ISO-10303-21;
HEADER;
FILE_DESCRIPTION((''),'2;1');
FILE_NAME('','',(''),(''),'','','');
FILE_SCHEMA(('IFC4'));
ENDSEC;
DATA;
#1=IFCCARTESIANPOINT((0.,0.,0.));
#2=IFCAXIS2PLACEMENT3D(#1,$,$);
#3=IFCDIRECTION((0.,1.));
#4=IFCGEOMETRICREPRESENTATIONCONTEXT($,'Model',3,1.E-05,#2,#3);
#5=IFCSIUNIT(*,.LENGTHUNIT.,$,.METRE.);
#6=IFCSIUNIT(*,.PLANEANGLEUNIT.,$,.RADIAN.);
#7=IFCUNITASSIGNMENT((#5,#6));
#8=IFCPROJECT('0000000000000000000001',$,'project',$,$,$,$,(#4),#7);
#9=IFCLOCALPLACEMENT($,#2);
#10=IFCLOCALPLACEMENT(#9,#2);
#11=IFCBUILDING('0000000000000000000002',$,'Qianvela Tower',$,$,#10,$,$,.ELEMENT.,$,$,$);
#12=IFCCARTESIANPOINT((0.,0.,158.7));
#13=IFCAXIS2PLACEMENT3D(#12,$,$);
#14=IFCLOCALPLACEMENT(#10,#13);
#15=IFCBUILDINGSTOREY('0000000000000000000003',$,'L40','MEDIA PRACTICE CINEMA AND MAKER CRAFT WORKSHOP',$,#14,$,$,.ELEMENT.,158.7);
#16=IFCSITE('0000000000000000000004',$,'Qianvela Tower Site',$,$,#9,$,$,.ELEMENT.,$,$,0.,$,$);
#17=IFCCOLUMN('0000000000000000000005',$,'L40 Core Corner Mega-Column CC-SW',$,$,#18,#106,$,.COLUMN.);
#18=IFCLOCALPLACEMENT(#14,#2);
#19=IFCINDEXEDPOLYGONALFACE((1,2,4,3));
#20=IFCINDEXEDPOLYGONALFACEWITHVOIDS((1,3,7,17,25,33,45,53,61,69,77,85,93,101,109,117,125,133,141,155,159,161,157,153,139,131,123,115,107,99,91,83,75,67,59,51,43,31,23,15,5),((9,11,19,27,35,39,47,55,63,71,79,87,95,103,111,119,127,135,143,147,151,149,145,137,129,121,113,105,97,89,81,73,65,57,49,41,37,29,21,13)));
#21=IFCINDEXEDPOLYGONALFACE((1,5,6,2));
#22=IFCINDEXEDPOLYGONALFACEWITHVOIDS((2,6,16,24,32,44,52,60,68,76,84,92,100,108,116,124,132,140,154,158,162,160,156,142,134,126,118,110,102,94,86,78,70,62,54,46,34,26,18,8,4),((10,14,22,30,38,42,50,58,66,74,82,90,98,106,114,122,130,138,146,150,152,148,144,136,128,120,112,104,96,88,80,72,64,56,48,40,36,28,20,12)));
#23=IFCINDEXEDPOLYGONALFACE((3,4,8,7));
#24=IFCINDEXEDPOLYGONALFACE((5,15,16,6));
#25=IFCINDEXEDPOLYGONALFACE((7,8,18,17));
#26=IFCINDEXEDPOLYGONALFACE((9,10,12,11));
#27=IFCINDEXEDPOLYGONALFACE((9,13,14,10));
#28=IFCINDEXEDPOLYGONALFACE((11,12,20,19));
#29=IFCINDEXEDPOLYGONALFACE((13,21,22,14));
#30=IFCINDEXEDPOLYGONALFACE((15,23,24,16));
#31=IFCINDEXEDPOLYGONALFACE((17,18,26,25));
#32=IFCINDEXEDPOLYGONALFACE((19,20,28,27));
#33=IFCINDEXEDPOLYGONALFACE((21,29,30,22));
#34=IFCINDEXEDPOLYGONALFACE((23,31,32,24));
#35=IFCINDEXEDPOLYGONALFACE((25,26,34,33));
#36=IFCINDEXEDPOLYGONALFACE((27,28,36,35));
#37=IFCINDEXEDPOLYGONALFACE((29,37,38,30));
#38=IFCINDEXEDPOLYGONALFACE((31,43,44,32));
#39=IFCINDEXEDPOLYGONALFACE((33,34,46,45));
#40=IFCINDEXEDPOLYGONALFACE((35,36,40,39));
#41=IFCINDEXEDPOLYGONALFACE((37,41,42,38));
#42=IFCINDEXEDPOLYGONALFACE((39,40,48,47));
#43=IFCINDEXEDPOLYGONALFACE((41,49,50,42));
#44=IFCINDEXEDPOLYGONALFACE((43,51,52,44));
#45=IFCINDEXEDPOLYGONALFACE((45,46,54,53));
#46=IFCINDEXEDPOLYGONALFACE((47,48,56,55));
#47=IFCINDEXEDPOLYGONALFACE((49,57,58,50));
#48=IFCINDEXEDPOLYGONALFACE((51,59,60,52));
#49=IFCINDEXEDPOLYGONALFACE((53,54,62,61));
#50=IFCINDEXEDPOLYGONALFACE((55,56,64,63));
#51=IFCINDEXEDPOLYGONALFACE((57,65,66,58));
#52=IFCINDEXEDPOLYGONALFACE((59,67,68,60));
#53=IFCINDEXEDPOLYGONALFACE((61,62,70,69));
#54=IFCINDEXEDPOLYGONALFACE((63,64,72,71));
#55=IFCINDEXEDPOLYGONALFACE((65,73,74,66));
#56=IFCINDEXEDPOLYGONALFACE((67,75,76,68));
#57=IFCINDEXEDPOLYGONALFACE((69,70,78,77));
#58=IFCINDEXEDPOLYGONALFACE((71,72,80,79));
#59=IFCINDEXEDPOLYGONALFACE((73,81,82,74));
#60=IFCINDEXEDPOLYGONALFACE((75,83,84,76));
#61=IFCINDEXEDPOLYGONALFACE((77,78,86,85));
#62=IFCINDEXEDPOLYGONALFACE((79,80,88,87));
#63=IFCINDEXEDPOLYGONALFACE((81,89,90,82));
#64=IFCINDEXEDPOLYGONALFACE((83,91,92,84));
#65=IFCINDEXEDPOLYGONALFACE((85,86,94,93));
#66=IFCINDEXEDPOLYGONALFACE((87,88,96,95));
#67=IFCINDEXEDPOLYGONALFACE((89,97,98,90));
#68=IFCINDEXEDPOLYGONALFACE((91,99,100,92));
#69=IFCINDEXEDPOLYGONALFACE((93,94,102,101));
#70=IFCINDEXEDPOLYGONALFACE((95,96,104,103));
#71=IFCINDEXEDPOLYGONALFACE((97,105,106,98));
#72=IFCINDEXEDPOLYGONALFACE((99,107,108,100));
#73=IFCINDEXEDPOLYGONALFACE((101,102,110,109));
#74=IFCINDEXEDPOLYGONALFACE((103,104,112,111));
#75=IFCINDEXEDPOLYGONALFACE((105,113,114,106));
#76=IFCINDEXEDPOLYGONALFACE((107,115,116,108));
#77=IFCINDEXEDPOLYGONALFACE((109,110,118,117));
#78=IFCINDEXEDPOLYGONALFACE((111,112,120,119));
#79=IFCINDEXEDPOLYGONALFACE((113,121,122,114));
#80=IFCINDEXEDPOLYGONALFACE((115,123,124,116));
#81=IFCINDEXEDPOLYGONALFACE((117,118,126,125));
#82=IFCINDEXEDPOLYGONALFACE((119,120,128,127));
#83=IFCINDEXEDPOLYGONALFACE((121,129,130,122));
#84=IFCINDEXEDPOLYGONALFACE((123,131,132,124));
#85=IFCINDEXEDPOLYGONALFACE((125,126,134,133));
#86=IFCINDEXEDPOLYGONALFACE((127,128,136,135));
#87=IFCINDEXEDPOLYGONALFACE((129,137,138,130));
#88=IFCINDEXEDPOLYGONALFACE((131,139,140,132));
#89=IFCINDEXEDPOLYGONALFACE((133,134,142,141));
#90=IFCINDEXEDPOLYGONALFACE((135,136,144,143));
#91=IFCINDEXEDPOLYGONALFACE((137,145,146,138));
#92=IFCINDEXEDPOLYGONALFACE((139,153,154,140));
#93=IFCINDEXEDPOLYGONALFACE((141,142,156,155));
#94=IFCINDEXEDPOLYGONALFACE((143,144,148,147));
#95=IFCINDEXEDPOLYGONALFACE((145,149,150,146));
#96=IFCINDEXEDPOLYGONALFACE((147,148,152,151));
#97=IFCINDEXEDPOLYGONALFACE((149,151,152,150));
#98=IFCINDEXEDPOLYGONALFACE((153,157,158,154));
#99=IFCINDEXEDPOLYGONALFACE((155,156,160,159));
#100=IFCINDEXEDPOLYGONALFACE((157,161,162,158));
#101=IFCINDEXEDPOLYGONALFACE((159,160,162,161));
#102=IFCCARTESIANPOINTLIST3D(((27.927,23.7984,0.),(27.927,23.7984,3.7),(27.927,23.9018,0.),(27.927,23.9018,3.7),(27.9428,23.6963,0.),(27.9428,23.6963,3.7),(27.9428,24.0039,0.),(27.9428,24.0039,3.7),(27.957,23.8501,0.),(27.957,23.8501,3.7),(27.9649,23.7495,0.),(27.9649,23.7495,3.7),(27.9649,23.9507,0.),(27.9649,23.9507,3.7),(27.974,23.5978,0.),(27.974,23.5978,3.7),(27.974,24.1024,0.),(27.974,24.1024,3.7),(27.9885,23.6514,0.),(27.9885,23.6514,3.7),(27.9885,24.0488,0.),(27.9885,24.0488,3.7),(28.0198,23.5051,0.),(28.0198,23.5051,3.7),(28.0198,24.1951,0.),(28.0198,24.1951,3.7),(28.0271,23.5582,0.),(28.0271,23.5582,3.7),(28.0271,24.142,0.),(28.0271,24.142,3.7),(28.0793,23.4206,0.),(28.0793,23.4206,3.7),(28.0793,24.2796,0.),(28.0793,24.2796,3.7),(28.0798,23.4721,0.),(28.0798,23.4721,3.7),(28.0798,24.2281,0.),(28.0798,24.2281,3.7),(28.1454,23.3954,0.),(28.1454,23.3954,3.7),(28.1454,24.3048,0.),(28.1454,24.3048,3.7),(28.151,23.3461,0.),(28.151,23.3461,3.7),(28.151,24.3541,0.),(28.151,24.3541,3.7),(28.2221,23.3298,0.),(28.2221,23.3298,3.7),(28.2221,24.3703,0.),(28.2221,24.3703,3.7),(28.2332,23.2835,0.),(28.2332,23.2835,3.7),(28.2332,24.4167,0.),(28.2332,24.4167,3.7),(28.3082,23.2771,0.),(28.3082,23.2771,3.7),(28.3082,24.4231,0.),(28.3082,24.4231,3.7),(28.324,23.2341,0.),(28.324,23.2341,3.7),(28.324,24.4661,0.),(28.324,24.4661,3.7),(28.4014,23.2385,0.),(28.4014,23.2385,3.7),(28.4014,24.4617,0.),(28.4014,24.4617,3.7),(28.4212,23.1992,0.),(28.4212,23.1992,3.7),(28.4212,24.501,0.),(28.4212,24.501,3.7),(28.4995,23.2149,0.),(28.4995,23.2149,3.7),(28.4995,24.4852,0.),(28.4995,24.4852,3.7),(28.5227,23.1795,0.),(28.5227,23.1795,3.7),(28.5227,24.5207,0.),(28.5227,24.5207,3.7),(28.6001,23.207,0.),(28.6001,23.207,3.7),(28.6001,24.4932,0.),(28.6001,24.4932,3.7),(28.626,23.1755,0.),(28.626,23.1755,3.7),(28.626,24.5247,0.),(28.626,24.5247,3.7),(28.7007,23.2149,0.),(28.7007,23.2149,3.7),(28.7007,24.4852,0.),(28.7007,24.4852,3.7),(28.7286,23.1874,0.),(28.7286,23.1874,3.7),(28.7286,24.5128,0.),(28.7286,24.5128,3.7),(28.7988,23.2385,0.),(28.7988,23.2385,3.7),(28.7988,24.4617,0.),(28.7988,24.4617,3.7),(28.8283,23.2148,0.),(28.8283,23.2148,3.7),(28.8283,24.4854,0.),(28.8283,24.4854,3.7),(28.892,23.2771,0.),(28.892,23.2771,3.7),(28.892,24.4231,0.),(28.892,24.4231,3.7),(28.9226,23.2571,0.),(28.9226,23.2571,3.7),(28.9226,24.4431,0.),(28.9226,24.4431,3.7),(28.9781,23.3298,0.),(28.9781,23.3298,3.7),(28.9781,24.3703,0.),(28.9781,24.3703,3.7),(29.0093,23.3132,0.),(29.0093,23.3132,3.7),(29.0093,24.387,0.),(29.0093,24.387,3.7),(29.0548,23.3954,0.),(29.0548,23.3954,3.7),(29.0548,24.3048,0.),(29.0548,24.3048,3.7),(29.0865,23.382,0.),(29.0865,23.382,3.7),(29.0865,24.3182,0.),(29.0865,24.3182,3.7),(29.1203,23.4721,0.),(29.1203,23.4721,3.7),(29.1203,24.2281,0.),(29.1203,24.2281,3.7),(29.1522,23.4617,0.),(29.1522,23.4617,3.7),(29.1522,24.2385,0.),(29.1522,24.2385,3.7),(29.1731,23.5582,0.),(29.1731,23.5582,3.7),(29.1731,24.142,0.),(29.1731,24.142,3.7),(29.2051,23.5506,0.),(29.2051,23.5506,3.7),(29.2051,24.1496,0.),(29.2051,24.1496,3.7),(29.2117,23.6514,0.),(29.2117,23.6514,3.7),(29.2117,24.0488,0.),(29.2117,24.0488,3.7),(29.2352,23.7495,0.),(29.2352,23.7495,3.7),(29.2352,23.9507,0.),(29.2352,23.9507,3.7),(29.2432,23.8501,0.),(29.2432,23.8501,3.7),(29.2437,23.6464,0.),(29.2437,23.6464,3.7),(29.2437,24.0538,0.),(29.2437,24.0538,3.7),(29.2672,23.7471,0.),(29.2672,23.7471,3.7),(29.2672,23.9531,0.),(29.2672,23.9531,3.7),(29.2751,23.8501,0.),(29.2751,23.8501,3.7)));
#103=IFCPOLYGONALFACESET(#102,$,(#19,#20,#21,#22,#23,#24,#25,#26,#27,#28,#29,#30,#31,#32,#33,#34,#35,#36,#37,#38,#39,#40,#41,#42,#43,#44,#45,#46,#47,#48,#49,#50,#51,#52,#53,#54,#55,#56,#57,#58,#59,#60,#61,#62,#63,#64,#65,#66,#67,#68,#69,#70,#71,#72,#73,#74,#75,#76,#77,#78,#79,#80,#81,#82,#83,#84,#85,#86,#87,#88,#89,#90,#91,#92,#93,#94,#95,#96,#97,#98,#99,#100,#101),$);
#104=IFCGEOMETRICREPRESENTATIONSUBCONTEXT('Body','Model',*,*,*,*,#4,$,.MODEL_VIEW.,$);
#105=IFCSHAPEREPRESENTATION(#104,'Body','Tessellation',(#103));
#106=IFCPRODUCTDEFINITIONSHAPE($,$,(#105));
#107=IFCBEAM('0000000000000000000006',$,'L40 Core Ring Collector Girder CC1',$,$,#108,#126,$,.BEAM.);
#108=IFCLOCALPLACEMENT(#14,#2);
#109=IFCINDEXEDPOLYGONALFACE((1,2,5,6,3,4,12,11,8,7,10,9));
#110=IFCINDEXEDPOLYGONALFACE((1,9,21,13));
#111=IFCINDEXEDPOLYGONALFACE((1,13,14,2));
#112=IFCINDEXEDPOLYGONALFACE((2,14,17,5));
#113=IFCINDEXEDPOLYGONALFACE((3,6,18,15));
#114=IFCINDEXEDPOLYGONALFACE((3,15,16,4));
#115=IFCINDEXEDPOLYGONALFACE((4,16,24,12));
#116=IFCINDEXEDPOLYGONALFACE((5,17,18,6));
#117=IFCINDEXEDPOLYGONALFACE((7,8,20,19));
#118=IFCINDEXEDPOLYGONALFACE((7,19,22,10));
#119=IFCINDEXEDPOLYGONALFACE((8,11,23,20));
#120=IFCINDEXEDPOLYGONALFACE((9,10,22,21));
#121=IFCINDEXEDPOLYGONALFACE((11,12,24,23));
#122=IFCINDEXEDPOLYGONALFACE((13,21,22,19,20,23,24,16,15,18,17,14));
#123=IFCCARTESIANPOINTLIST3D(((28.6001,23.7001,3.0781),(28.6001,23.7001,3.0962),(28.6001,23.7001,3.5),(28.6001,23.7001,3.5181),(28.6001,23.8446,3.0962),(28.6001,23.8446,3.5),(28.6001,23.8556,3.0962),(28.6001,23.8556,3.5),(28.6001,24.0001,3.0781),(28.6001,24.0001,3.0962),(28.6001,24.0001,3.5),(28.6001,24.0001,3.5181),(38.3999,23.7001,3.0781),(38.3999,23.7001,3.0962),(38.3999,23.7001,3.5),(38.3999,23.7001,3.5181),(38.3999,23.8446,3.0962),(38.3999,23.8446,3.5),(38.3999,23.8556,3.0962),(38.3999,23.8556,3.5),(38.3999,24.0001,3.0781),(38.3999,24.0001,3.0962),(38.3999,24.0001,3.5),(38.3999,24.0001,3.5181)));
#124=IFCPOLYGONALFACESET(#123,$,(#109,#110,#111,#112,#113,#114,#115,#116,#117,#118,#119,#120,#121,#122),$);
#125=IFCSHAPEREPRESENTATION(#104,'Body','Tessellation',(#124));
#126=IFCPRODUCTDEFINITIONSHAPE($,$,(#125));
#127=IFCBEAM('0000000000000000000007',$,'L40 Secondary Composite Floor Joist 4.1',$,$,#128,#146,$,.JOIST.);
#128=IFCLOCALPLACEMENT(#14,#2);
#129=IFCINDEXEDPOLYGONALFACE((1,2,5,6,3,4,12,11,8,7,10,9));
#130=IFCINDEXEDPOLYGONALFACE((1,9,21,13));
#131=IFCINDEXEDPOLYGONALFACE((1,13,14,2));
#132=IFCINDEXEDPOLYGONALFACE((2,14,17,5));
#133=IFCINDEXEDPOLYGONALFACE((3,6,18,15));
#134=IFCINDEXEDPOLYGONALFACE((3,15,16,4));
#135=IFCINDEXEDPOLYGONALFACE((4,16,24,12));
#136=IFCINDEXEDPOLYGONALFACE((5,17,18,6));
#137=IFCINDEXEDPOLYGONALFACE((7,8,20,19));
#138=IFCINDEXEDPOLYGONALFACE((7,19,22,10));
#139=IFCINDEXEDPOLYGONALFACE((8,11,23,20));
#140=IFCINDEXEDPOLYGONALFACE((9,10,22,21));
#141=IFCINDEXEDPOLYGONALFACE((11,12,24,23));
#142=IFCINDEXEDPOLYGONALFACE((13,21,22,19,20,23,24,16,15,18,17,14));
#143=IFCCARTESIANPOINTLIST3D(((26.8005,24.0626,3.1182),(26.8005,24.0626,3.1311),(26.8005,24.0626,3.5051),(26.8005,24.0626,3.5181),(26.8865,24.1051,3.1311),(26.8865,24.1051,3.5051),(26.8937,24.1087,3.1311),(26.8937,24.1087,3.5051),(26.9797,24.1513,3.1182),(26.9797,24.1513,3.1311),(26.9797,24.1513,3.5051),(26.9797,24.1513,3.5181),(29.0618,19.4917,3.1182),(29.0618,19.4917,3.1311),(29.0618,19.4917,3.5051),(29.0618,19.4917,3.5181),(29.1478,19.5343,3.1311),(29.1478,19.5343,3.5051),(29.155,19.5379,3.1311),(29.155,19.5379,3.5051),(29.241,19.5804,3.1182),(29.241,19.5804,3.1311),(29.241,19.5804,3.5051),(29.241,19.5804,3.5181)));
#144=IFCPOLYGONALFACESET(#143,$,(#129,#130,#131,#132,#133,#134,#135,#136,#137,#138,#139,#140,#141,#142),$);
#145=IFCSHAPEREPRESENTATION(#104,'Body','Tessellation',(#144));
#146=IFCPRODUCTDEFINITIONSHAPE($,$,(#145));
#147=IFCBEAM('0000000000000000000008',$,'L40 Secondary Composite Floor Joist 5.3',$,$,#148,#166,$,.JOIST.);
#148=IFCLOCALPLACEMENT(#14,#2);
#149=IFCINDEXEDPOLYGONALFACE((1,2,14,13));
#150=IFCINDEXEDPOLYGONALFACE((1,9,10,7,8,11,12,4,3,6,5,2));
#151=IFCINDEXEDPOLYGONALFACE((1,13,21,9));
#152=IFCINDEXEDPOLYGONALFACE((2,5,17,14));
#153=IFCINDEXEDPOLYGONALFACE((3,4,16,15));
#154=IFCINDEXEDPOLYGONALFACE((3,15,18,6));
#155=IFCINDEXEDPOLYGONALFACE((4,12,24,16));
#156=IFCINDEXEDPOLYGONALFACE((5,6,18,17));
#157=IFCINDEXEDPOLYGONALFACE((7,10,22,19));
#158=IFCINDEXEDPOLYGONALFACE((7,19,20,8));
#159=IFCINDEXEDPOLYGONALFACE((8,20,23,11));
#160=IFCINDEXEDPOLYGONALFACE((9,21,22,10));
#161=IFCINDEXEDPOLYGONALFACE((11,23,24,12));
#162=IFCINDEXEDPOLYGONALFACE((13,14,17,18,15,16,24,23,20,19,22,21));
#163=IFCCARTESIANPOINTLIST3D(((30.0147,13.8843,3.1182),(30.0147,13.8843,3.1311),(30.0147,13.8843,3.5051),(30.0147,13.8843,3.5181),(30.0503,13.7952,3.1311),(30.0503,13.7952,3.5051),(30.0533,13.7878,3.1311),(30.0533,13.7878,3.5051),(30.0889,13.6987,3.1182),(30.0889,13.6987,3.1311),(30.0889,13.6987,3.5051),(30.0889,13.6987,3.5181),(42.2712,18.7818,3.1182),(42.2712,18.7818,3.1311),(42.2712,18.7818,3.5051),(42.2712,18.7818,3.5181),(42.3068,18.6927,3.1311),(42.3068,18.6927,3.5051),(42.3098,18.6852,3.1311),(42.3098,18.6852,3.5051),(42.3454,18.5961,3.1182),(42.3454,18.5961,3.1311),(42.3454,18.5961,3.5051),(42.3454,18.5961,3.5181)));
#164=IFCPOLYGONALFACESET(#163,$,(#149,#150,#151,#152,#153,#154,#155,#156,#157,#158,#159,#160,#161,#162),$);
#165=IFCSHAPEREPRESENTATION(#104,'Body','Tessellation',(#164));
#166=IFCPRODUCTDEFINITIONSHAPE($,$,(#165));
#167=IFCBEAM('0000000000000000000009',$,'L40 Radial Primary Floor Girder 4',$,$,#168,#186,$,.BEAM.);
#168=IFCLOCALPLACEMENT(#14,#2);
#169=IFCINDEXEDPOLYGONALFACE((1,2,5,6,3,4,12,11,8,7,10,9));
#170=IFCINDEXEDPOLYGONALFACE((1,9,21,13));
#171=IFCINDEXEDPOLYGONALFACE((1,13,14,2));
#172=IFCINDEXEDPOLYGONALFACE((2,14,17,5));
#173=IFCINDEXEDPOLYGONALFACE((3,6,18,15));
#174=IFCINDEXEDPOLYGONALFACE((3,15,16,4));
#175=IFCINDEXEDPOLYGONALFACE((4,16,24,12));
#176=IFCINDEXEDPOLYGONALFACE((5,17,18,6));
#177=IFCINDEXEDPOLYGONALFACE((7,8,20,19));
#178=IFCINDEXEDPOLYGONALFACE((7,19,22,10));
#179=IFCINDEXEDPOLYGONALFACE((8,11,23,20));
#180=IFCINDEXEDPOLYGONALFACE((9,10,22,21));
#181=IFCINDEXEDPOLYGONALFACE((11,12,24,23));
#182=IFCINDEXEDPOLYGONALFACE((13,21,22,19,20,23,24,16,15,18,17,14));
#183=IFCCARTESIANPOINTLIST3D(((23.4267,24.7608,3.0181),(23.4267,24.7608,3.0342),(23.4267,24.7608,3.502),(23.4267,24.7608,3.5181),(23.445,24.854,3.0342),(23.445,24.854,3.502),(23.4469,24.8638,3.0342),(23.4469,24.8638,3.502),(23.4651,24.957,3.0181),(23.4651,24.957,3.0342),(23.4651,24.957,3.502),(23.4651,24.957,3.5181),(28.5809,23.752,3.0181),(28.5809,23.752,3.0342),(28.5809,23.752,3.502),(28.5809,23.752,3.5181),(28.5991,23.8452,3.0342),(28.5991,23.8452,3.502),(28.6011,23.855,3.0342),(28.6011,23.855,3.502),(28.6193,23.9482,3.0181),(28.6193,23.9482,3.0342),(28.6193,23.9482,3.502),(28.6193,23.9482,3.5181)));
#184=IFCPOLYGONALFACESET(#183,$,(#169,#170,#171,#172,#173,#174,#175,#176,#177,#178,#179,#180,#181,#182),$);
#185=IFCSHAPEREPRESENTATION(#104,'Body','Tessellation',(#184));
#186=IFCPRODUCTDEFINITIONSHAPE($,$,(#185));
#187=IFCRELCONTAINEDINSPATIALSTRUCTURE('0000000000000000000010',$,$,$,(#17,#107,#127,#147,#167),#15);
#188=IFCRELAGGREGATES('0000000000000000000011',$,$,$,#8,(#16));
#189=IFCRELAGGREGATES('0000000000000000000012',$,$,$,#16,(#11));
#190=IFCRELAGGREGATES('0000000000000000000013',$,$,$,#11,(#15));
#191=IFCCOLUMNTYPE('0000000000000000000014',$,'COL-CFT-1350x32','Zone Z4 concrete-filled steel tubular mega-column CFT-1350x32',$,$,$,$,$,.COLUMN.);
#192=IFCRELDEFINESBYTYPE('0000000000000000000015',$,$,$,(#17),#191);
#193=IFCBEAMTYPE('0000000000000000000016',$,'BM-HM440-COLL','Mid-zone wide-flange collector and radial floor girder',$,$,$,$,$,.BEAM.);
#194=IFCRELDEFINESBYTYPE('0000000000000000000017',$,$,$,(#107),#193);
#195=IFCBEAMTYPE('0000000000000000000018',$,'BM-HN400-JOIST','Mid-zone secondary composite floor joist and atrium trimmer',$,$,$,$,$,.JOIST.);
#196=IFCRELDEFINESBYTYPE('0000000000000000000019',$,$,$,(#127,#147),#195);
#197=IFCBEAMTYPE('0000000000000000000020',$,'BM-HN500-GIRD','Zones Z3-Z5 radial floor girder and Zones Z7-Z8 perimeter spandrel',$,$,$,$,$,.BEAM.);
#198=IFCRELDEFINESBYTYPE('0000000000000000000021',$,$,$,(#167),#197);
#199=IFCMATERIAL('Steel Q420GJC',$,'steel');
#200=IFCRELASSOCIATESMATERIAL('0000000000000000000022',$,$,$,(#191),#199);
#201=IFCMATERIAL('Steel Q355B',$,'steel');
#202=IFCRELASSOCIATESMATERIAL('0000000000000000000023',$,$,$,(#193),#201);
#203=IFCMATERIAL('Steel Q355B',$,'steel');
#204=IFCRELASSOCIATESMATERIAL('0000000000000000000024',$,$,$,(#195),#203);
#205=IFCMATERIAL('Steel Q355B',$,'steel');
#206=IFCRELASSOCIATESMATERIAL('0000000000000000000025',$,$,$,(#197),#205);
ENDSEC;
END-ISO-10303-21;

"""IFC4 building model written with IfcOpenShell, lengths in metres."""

from ifc_helpers import new_model, si_unit, direction, frame, origin, origin_2d, place, context, subcontext, project, spatial, hollow_circle, i_section, extrude, material, material_profile, profile_set, type_object, element, save


model = new_model("IFC4")

# Units and contexts
model_context = context("Model", 3, precision=1e-05, world=origin(), true_north=direction((0.0, 1.0)))
body_context = subcontext(model_context, "Body", "Model", "MODEL_VIEW")
ifc_project = project(units=[si_unit("LENGTHUNIT", "METRE"), si_unit("PLANEANGLEUNIT", "RADIAN")], contexts=[model_context])

# Site, building, storey
site_placement = place(None, origin())
site = spatial("IfcSite", under=ifc_project, at=site_placement, Name="Qianvela Tower Site", CompositionType="ELEMENT", RefElevation=0.0)
building_placement = place(site_placement, origin())
building = spatial("IfcBuilding", under=site, at=building_placement, Name="Qianvela Tower", CompositionType="ELEMENT")
storey_placement = place(building_placement, frame((0.0, 0.0, 158.7)))
storey = spatial("IfcBuildingStorey", under=building, at=storey_placement, Name="L40", Description="MEDIA PRACTICE CINEMA AND MAKER CRAFT WORKSHOP", CompositionType="ELEMENT", Elevation=158.7)

# Column
ifc_material_1 = material(Name="Steel Q420GJC", Category="steel")
ifc_material_profile_1 = material_profile(ifc_material_1, hollow_circle(Radius=0.675, WallThickness=0.032, at=origin_2d()), Name="CFT-1350x32")
ifc_profile_set_1 = profile_set([ifc_material_profile_1], Name="Steel Q420GJC")
column_type = type_object("IfcColumnType", Name="COL-CFT-1350x32", Description="Zone Z4 concrete-filled steel tubular mega-column CFT-1350x32", PredefinedType="COLUMN", material=ifc_profile_set_1)
column_placement = place(storey_placement, frame((28.6001, 23.8501, 0.0), z_axis=(0.0, 0.0, 1.0), x_axis=(1.0, 0.0, 0.0)))
element("IfcColumn", 1, at=column_placement, inside=storey, type_object=column_type, Name="L40 Core Corner Mega-Column CC-SW", PredefinedType="COLUMN", context=body_context, shape_type="SweptSolid", body=[
    extrude(hollow_circle(Radius=0.675, WallThickness=0.032, at=origin_2d()), origin(), (0.0, 0.0, 1.0), 3.7),
])

# Beams
ifc_material_2 = material(Name="Steel Q355B", Category="steel")
ifc_material_profile_2 = material_profile(ifc_material_2, i_section(OverallWidth=0.3, OverallDepth=0.4399, WebThickness=0.011, FlangeThickness=0.0181, at=origin_2d()), Name="HM440x300x11x18")
ifc_profile_set_2 = profile_set([ifc_material_profile_2], Name="Steel Q355B")
beam_type_1 = type_object("IfcBeamType", Name="BM-HM440-COLL", Description="Mid-zone wide-flange collector and radial floor girder", PredefinedType="BEAM", material=ifc_profile_set_2)
beam_1_placement = place(storey_placement, frame((28.6001, 23.8501, 3.2981), z_axis=(1.0, 0.0, 0.0), x_axis=(0.0, 1.0, 0.0)))
element("IfcBeam", 2, at=beam_1_placement, inside=storey, type_object=beam_type_1, Name="L40 Core Ring Collector Girder CC1", PredefinedType="BEAM", context=body_context, shape_type="SweptSolid", body=[
    extrude(i_section(OverallWidth=0.3, OverallDepth=0.4399, WebThickness=0.011, FlangeThickness=0.0181, at=origin_2d()), origin(), (0.0, 0.0, 1.0), 9.7998),
])
ifc_material_3 = material(Name="Steel Q355B", Category="steel")
ifc_material_profile_3 = material_profile(ifc_material_3, i_section(OverallWidth=0.2, OverallDepth=0.3999, WebThickness=0.0081, FlangeThickness=0.0129, at=origin_2d()), Name="HN400x200x8x13")
ifc_profile_set_3 = profile_set([ifc_material_profile_3], Name="Steel Q355B")
beam_type_2 = type_object("IfcBeamType", Name="BM-HN400-JOIST", Description="Mid-zone secondary composite floor joist and atrium trimmer", PredefinedType="JOIST", material=ifc_profile_set_3)
beam_2_placement = place(storey_placement, frame((26.8901, 24.1069, 3.3181), z_axis=(0.443418, -0.896315, 0.0), x_axis=(0.896315, 0.443418, 0.0)))
element("IfcBeam", 3, at=beam_2_placement, inside=storey, type_object=beam_type_2, Name="L40 Secondary Composite Floor Joist 4.1", PredefinedType="JOIST", context=body_context, shape_type="SweptSolid", body=[
    extrude(i_section(OverallWidth=0.2, OverallDepth=0.3999, WebThickness=0.0081, FlangeThickness=0.0129, at=origin_2d()), origin(), (0.0, 0.0, 1.0), 5.0996),
])
beam_3_placement = place(storey_placement, frame((30.0518, 13.7915, 3.3181), z_axis=(0.928612, 0.371053, 0.0), x_axis=(-0.371053, 0.928612, 0.0)))
element("IfcBeam", 4, at=beam_3_placement, inside=storey, type_object=beam_type_2, Name="L40 Secondary Composite Floor Joist 5.3", PredefinedType="JOIST", context=body_context, shape_type="SweptSolid", body=[
    extrude(i_section(OverallWidth=0.2, OverallDepth=0.3999, WebThickness=0.0081, FlangeThickness=0.0129, at=origin_2d()), origin(), (0.0, 0.0, 1.0), 13.1987),
])
ifc_material_4 = material(Name="Steel Q355B", Category="steel")
ifc_material_profile_4 = material_profile(ifc_material_4, i_section(OverallWidth=0.2, OverallDepth=0.5, WebThickness=0.01, FlangeThickness=0.0161, at=origin_2d()), Name="HN500x200x10x16")
ifc_profile_set_4 = profile_set([ifc_material_profile_4], Name="Steel Q355B")
beam_type_3 = type_object("IfcBeamType", Name="BM-HN500-GIRD", Description="Zones Z3-Z5 radial floor girder and Zones Z7-Z8 perimeter spandrel", PredefinedType="BEAM", material=ifc_profile_set_4)
beam_4_placement = place(storey_placement, frame((28.6001, 23.8501, 3.2681), z_axis=(-0.981379, 0.192083, 0.0), x_axis=(-0.192083, -0.981379, 0.0)))
element("IfcBeam", 5, at=beam_4_placement, inside=storey, type_object=beam_type_3, Name="L40 Radial Primary Floor Girder 4", PredefinedType="BEAM", context=body_context, shape_type="SweptSolid", body=[
    extrude(i_section(OverallWidth=0.2, OverallDepth=0.5, WebThickness=0.01, FlangeThickness=0.0161, at=origin_2d()), origin(), (0.0, 0.0, 1.0), 5.252),
])

save(model, "model.ifc")
